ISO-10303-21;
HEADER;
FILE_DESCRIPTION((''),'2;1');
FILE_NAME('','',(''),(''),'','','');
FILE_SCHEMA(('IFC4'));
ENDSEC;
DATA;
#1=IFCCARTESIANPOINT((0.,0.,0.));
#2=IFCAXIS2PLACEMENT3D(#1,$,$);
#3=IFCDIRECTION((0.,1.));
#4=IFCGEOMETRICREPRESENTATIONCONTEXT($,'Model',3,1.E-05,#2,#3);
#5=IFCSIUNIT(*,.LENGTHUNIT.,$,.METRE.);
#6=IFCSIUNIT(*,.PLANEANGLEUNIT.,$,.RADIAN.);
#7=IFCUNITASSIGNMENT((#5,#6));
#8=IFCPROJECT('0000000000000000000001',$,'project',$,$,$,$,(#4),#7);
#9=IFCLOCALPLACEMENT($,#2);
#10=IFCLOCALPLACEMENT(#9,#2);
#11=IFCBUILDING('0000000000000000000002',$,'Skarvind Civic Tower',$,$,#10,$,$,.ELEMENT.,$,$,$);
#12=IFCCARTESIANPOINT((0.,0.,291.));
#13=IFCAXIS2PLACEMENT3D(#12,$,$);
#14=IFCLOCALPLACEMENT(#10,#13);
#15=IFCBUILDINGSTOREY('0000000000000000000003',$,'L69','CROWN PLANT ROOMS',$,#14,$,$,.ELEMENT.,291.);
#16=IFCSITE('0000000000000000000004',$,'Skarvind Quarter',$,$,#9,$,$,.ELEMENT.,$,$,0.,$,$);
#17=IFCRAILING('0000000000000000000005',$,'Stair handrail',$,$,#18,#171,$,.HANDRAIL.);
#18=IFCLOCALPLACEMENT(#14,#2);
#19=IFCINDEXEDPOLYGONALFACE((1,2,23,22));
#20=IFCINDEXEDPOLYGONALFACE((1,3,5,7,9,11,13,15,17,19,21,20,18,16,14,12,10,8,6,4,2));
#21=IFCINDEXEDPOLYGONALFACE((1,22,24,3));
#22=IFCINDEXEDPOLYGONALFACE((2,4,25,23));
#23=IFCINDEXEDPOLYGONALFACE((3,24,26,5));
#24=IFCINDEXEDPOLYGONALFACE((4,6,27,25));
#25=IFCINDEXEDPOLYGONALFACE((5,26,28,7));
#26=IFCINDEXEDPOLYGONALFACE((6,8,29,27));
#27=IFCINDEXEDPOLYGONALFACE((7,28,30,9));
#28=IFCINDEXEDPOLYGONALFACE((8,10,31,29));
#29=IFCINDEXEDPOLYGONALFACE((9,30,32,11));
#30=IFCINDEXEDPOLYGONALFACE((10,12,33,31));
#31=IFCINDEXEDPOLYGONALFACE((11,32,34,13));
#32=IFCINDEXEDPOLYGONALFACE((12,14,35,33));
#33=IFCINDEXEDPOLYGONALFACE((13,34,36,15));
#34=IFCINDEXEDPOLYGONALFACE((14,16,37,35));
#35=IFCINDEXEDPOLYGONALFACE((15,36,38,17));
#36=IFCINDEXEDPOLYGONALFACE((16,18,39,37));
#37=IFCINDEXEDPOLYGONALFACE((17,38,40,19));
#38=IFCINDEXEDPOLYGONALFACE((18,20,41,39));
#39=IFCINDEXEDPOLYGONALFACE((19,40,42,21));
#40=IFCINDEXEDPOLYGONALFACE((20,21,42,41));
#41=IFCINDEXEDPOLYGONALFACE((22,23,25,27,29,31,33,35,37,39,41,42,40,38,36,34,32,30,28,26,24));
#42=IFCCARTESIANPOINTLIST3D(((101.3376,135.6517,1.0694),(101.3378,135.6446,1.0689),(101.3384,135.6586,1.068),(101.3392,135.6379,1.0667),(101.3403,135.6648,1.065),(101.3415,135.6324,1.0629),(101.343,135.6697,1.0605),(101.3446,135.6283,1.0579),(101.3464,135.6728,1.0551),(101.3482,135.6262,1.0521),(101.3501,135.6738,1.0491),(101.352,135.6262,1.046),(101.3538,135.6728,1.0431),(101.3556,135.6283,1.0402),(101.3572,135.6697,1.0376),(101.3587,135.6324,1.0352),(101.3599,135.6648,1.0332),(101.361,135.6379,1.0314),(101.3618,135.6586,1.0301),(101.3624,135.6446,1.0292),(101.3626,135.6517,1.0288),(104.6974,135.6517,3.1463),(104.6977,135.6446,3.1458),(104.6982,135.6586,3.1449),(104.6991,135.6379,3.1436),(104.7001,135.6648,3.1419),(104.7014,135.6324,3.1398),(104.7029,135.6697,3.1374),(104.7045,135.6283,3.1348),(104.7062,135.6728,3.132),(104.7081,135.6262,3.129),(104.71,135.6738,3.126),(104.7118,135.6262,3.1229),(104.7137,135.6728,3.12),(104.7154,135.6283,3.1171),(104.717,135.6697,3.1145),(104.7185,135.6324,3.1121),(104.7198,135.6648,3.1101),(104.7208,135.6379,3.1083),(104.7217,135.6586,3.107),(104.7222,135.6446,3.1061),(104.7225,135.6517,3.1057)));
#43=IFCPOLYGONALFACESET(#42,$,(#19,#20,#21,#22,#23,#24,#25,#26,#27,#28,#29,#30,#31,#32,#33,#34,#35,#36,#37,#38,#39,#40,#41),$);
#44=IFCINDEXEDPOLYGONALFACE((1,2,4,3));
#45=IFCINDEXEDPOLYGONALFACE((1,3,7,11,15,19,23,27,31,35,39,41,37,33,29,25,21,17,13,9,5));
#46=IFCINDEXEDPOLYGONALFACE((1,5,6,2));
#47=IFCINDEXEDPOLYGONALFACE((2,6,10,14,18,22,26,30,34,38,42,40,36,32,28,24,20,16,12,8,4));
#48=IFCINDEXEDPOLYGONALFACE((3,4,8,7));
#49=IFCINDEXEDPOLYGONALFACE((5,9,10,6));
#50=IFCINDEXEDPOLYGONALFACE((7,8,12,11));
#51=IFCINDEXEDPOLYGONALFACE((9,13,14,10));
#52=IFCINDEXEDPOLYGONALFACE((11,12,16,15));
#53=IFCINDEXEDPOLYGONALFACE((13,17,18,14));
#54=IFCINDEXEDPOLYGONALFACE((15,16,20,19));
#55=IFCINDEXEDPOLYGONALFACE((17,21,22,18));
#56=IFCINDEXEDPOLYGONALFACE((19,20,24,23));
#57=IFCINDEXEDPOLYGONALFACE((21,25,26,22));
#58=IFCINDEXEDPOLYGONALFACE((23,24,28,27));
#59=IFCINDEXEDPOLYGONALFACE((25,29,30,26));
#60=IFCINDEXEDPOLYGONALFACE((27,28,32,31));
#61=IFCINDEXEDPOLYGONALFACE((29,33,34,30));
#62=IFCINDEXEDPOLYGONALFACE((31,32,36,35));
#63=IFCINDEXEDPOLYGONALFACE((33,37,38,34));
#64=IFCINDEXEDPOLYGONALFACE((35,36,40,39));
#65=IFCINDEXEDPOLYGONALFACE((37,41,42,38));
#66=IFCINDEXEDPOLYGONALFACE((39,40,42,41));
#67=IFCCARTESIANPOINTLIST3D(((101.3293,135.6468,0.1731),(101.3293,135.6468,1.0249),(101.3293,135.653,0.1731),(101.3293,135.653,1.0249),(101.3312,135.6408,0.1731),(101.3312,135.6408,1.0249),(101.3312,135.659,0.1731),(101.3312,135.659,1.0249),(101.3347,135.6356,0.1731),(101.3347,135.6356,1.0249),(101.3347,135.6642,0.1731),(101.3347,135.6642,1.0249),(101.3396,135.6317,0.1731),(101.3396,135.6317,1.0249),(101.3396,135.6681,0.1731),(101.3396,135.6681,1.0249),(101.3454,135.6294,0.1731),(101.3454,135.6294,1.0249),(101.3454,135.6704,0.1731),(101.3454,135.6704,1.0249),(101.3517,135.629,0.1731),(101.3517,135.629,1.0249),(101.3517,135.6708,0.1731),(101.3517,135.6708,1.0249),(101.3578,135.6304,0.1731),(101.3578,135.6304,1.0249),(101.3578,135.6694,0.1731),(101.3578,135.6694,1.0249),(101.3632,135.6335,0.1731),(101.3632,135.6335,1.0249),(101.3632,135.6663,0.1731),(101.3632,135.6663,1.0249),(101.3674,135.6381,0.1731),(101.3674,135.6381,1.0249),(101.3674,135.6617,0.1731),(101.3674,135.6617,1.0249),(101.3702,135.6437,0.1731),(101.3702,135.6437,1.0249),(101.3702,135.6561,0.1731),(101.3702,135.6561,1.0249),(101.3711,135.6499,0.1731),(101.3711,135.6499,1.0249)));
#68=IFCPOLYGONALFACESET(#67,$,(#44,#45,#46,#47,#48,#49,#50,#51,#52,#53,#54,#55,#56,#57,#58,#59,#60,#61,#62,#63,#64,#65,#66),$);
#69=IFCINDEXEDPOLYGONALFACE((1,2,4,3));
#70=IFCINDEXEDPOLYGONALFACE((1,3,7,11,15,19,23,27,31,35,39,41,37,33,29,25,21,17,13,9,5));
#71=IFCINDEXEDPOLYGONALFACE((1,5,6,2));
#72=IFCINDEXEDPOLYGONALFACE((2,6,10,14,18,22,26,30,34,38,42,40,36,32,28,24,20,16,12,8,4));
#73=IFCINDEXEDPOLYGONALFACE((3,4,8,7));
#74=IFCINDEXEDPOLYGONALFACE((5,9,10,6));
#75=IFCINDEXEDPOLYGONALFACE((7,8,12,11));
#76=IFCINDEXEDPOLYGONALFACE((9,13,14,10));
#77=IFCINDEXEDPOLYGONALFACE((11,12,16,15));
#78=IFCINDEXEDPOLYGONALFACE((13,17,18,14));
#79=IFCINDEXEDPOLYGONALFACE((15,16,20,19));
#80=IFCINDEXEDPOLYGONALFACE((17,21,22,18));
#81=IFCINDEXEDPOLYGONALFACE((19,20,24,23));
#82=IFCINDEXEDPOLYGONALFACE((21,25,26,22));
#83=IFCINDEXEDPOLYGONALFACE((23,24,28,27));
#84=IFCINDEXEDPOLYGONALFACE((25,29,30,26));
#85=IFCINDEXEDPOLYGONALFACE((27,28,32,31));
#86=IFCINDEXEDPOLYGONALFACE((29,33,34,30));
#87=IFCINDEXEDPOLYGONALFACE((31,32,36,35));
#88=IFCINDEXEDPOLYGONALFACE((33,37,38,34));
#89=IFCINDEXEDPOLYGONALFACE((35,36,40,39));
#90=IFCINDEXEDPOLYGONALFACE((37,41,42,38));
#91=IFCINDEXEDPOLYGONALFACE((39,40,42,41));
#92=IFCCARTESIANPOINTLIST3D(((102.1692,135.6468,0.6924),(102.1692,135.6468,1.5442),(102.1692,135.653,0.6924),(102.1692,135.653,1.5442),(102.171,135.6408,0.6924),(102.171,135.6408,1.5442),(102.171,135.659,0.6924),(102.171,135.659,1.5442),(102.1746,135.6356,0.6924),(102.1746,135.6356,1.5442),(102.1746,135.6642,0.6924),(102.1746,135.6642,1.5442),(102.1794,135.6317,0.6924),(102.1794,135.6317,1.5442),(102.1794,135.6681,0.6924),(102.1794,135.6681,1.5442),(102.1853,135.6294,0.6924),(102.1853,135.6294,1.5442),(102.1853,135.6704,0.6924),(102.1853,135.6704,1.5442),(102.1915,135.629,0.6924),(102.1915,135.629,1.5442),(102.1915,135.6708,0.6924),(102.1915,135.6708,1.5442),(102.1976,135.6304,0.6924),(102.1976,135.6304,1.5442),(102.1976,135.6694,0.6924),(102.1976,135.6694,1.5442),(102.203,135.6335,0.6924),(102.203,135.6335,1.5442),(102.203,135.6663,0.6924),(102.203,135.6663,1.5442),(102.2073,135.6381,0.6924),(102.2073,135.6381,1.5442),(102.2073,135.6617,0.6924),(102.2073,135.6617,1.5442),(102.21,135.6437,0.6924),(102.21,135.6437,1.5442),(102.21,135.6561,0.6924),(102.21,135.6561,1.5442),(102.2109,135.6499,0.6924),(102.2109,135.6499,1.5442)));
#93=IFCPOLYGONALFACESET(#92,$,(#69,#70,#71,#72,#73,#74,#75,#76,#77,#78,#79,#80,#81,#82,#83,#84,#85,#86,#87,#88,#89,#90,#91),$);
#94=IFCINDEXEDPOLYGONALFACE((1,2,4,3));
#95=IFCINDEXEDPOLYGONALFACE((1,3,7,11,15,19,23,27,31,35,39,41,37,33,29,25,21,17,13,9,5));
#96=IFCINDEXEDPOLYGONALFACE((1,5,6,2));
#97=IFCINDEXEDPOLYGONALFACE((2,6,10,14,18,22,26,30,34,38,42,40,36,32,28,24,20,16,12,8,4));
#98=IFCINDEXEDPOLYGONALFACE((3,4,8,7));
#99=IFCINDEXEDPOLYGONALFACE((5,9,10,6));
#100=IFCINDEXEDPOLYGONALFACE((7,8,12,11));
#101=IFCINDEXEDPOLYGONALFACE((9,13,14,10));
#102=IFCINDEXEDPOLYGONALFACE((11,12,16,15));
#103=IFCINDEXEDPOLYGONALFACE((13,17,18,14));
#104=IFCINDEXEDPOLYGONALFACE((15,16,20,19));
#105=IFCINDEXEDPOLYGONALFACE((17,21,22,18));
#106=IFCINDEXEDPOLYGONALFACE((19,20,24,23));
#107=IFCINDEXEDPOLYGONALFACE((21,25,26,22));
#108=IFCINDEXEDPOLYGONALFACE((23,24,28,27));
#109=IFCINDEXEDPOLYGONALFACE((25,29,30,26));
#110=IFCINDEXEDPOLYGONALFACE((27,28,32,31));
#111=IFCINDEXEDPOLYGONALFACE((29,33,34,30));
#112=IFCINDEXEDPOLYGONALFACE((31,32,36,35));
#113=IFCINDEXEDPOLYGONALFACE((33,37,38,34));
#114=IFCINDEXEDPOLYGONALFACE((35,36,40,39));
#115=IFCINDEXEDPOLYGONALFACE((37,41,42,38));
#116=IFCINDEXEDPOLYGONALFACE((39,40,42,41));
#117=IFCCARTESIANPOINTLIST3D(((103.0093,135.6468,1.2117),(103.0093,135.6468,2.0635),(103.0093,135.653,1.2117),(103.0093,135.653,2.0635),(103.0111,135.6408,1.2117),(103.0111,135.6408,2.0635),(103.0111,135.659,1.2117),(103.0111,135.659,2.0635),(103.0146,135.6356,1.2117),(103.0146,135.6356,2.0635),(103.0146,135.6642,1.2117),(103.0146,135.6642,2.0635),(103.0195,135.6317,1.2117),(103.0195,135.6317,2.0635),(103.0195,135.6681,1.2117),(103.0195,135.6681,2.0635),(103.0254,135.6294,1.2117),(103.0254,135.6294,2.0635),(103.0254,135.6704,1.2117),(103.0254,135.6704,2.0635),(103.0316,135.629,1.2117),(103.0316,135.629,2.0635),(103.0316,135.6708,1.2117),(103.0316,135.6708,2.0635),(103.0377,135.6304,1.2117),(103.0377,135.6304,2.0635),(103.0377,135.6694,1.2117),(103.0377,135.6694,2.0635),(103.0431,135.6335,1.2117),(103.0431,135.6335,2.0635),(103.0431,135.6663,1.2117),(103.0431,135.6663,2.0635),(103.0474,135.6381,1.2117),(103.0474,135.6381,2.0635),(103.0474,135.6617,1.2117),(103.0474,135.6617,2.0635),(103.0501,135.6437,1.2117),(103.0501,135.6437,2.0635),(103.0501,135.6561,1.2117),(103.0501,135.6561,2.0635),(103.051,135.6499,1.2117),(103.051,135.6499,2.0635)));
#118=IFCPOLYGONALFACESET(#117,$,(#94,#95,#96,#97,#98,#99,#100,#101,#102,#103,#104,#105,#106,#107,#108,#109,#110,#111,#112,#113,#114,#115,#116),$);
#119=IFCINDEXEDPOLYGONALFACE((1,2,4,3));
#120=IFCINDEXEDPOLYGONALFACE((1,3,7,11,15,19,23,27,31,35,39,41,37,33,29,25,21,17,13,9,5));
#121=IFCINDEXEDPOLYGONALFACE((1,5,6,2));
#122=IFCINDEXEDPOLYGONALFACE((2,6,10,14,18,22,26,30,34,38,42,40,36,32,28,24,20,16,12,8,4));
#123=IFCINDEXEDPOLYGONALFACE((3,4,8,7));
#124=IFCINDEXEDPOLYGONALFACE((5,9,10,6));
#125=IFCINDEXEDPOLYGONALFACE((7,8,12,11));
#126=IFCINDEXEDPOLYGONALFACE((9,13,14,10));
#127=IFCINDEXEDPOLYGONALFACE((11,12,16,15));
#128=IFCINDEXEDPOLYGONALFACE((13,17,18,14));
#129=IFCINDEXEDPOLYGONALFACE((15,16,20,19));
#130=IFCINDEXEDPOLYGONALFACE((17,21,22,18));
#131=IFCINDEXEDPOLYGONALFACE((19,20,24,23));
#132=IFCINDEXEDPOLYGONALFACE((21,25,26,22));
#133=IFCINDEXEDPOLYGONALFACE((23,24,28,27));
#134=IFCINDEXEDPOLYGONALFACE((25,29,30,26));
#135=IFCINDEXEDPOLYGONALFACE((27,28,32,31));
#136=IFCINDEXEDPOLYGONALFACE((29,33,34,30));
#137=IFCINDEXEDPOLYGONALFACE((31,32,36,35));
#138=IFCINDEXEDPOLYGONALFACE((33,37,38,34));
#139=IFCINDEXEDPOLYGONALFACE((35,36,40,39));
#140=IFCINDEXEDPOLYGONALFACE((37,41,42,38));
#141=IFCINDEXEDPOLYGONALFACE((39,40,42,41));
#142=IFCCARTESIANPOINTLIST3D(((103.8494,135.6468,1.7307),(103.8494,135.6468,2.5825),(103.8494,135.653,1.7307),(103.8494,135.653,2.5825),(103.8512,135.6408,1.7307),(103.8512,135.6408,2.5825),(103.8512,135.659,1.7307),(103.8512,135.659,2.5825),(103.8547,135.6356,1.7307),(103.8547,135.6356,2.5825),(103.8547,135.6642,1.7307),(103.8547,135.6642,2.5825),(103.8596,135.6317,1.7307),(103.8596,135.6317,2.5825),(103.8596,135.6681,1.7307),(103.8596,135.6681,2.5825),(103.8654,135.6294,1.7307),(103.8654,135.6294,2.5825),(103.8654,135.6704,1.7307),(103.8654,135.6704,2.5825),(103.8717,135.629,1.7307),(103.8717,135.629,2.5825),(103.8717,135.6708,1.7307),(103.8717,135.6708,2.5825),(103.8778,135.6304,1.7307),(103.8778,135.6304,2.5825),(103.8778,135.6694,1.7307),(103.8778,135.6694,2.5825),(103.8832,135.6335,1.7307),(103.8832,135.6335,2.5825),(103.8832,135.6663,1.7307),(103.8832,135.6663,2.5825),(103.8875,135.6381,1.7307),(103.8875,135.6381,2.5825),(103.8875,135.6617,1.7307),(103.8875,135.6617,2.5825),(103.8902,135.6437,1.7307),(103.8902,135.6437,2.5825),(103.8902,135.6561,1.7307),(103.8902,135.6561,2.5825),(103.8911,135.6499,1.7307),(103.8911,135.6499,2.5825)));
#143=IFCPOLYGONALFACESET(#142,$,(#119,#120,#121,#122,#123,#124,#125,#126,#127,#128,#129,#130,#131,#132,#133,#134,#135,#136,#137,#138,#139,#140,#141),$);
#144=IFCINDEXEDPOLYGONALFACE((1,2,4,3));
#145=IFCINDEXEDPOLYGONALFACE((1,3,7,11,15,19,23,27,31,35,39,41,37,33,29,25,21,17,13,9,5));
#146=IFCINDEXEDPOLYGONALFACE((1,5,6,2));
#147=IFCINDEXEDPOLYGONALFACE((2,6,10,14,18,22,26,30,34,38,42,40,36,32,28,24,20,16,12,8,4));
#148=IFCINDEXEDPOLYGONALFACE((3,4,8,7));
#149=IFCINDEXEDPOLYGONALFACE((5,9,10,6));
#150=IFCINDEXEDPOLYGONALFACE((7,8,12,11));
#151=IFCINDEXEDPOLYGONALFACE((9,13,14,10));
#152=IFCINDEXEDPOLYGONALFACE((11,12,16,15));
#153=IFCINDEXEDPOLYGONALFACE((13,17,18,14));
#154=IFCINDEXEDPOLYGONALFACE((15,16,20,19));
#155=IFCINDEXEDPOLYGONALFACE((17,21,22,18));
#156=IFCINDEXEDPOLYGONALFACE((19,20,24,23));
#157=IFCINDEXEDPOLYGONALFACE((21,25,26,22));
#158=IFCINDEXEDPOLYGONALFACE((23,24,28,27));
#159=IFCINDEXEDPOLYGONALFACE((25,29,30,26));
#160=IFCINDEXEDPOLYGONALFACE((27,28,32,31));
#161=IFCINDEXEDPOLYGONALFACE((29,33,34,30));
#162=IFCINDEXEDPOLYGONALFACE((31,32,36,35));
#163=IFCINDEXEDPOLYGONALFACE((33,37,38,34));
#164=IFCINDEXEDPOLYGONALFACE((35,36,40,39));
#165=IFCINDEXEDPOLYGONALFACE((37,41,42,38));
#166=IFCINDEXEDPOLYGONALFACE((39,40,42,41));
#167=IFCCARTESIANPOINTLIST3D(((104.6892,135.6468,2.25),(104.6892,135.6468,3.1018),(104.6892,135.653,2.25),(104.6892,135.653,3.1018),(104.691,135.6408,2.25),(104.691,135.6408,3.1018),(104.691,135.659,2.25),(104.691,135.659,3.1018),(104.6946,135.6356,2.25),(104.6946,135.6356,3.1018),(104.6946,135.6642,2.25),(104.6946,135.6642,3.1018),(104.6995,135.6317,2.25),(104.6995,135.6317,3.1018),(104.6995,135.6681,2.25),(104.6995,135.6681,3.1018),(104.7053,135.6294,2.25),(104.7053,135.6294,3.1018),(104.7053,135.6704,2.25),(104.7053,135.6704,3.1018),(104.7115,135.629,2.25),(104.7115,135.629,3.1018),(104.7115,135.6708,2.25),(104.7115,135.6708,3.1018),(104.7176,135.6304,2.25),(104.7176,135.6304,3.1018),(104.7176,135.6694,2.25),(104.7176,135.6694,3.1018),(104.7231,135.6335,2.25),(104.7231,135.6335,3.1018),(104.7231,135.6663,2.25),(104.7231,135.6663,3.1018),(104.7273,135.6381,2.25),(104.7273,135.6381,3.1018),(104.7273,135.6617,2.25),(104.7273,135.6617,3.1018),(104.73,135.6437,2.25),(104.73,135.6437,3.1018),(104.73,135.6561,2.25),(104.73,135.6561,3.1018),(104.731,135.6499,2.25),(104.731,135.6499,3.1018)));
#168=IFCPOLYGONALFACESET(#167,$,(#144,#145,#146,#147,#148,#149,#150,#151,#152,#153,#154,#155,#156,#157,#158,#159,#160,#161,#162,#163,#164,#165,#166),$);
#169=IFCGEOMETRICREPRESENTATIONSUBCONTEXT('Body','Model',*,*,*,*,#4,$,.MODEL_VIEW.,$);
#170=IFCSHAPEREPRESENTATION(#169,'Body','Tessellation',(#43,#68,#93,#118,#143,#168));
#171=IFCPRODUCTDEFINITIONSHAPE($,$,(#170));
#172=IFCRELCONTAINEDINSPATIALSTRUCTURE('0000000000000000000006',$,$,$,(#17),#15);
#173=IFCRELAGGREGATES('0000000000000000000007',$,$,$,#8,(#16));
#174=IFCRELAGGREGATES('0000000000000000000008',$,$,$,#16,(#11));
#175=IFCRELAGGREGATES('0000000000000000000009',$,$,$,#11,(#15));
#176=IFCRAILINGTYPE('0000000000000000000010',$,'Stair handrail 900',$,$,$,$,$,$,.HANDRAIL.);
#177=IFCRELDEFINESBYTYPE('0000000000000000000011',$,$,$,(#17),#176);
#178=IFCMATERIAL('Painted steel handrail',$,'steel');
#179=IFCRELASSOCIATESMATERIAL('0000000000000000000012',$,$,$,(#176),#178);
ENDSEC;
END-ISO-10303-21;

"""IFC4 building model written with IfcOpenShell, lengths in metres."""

from ifc_helpers import new_model, si_unit, direction, frame, origin, origin_2d, place, context, subcontext, project, spatial, circle, extrude, material, type_object, element, save


model = new_model("IFC4")

# Units and contexts
model_context = context("Model", 3, precision=1e-05, world=origin(), true_north=direction((0.0, 1.0)))
body_context = subcontext(model_context, "Body", "Model", "MODEL_VIEW")
ifc_project = project(units=[si_unit("LENGTHUNIT", "METRE"), si_unit("PLANEANGLEUNIT", "RADIAN")], contexts=[model_context])

# Site, building, storey
site_placement = place(None, origin())
site = spatial("IfcSite", under=ifc_project, at=site_placement, Name="Skarvind Quarter", CompositionType="ELEMENT", RefElevation=0.0)
building_placement = place(site_placement, origin())
building = spatial("IfcBuilding", under=site, at=building_placement, Name="Skarvind Civic Tower", CompositionType="ELEMENT")
storey_placement = place(building_placement, frame((0.0, 0.0, 291.0)))
storey = spatial("IfcBuildingStorey", under=building, at=storey_placement, Name="L69", Description="CROWN PLANT ROOMS", CompositionType="ELEMENT", Elevation=291.0)

# Railing
ifc_material_1 = material(Name="Painted steel handrail", Category="steel")
railing_type = type_object("IfcRailingType", Name="Stair handrail 900", PredefinedType="HANDRAIL", material=ifc_material_1)
railing_1_placement = place(storey_placement, frame((101.3501, 135.6499, 0.1731)))
element("IfcRailing", 1, at=railing_1_placement, inside=storey, type_object=railing_type, Name="Stair handrail", PredefinedType="HANDRAIL", context=body_context, shape_type="SweptSolid", body=[
    extrude(circle(Radius=0.0239, at=origin_2d()), frame((0.0, 0.0, 0.876), z_axis=(0.850606, 0.0, 0.525803), x_axis=(0.0, 1.0, 0.0)), (0.0, 0.0, 1.0), 3.95),
    extrude(circle(Radius=0.021, at=origin_2d()), origin(), (0.0, 0.0, 1.0), 0.8518),
    extrude(circle(Radius=0.021, at=origin_2d()), frame((0.8398, 0.0, 0.5193)), (0.0, 0.0, 1.0), 0.8518),
    extrude(circle(Radius=0.021, at=origin_2d()), frame((1.6799, 0.0, 1.0386)), (0.0, 0.0, 1.0), 0.8518),
    extrude(circle(Radius=0.021, at=origin_2d()), frame((2.52, 0.0, 1.5576)), (0.0, 0.0, 1.0), 0.8518),
    extrude(circle(Radius=0.021, at=origin_2d()), frame((3.3599, 0.0, 2.0769)), (0.0, 0.0, 1.0), 0.8518),
])

save(model, "model.ifc")
